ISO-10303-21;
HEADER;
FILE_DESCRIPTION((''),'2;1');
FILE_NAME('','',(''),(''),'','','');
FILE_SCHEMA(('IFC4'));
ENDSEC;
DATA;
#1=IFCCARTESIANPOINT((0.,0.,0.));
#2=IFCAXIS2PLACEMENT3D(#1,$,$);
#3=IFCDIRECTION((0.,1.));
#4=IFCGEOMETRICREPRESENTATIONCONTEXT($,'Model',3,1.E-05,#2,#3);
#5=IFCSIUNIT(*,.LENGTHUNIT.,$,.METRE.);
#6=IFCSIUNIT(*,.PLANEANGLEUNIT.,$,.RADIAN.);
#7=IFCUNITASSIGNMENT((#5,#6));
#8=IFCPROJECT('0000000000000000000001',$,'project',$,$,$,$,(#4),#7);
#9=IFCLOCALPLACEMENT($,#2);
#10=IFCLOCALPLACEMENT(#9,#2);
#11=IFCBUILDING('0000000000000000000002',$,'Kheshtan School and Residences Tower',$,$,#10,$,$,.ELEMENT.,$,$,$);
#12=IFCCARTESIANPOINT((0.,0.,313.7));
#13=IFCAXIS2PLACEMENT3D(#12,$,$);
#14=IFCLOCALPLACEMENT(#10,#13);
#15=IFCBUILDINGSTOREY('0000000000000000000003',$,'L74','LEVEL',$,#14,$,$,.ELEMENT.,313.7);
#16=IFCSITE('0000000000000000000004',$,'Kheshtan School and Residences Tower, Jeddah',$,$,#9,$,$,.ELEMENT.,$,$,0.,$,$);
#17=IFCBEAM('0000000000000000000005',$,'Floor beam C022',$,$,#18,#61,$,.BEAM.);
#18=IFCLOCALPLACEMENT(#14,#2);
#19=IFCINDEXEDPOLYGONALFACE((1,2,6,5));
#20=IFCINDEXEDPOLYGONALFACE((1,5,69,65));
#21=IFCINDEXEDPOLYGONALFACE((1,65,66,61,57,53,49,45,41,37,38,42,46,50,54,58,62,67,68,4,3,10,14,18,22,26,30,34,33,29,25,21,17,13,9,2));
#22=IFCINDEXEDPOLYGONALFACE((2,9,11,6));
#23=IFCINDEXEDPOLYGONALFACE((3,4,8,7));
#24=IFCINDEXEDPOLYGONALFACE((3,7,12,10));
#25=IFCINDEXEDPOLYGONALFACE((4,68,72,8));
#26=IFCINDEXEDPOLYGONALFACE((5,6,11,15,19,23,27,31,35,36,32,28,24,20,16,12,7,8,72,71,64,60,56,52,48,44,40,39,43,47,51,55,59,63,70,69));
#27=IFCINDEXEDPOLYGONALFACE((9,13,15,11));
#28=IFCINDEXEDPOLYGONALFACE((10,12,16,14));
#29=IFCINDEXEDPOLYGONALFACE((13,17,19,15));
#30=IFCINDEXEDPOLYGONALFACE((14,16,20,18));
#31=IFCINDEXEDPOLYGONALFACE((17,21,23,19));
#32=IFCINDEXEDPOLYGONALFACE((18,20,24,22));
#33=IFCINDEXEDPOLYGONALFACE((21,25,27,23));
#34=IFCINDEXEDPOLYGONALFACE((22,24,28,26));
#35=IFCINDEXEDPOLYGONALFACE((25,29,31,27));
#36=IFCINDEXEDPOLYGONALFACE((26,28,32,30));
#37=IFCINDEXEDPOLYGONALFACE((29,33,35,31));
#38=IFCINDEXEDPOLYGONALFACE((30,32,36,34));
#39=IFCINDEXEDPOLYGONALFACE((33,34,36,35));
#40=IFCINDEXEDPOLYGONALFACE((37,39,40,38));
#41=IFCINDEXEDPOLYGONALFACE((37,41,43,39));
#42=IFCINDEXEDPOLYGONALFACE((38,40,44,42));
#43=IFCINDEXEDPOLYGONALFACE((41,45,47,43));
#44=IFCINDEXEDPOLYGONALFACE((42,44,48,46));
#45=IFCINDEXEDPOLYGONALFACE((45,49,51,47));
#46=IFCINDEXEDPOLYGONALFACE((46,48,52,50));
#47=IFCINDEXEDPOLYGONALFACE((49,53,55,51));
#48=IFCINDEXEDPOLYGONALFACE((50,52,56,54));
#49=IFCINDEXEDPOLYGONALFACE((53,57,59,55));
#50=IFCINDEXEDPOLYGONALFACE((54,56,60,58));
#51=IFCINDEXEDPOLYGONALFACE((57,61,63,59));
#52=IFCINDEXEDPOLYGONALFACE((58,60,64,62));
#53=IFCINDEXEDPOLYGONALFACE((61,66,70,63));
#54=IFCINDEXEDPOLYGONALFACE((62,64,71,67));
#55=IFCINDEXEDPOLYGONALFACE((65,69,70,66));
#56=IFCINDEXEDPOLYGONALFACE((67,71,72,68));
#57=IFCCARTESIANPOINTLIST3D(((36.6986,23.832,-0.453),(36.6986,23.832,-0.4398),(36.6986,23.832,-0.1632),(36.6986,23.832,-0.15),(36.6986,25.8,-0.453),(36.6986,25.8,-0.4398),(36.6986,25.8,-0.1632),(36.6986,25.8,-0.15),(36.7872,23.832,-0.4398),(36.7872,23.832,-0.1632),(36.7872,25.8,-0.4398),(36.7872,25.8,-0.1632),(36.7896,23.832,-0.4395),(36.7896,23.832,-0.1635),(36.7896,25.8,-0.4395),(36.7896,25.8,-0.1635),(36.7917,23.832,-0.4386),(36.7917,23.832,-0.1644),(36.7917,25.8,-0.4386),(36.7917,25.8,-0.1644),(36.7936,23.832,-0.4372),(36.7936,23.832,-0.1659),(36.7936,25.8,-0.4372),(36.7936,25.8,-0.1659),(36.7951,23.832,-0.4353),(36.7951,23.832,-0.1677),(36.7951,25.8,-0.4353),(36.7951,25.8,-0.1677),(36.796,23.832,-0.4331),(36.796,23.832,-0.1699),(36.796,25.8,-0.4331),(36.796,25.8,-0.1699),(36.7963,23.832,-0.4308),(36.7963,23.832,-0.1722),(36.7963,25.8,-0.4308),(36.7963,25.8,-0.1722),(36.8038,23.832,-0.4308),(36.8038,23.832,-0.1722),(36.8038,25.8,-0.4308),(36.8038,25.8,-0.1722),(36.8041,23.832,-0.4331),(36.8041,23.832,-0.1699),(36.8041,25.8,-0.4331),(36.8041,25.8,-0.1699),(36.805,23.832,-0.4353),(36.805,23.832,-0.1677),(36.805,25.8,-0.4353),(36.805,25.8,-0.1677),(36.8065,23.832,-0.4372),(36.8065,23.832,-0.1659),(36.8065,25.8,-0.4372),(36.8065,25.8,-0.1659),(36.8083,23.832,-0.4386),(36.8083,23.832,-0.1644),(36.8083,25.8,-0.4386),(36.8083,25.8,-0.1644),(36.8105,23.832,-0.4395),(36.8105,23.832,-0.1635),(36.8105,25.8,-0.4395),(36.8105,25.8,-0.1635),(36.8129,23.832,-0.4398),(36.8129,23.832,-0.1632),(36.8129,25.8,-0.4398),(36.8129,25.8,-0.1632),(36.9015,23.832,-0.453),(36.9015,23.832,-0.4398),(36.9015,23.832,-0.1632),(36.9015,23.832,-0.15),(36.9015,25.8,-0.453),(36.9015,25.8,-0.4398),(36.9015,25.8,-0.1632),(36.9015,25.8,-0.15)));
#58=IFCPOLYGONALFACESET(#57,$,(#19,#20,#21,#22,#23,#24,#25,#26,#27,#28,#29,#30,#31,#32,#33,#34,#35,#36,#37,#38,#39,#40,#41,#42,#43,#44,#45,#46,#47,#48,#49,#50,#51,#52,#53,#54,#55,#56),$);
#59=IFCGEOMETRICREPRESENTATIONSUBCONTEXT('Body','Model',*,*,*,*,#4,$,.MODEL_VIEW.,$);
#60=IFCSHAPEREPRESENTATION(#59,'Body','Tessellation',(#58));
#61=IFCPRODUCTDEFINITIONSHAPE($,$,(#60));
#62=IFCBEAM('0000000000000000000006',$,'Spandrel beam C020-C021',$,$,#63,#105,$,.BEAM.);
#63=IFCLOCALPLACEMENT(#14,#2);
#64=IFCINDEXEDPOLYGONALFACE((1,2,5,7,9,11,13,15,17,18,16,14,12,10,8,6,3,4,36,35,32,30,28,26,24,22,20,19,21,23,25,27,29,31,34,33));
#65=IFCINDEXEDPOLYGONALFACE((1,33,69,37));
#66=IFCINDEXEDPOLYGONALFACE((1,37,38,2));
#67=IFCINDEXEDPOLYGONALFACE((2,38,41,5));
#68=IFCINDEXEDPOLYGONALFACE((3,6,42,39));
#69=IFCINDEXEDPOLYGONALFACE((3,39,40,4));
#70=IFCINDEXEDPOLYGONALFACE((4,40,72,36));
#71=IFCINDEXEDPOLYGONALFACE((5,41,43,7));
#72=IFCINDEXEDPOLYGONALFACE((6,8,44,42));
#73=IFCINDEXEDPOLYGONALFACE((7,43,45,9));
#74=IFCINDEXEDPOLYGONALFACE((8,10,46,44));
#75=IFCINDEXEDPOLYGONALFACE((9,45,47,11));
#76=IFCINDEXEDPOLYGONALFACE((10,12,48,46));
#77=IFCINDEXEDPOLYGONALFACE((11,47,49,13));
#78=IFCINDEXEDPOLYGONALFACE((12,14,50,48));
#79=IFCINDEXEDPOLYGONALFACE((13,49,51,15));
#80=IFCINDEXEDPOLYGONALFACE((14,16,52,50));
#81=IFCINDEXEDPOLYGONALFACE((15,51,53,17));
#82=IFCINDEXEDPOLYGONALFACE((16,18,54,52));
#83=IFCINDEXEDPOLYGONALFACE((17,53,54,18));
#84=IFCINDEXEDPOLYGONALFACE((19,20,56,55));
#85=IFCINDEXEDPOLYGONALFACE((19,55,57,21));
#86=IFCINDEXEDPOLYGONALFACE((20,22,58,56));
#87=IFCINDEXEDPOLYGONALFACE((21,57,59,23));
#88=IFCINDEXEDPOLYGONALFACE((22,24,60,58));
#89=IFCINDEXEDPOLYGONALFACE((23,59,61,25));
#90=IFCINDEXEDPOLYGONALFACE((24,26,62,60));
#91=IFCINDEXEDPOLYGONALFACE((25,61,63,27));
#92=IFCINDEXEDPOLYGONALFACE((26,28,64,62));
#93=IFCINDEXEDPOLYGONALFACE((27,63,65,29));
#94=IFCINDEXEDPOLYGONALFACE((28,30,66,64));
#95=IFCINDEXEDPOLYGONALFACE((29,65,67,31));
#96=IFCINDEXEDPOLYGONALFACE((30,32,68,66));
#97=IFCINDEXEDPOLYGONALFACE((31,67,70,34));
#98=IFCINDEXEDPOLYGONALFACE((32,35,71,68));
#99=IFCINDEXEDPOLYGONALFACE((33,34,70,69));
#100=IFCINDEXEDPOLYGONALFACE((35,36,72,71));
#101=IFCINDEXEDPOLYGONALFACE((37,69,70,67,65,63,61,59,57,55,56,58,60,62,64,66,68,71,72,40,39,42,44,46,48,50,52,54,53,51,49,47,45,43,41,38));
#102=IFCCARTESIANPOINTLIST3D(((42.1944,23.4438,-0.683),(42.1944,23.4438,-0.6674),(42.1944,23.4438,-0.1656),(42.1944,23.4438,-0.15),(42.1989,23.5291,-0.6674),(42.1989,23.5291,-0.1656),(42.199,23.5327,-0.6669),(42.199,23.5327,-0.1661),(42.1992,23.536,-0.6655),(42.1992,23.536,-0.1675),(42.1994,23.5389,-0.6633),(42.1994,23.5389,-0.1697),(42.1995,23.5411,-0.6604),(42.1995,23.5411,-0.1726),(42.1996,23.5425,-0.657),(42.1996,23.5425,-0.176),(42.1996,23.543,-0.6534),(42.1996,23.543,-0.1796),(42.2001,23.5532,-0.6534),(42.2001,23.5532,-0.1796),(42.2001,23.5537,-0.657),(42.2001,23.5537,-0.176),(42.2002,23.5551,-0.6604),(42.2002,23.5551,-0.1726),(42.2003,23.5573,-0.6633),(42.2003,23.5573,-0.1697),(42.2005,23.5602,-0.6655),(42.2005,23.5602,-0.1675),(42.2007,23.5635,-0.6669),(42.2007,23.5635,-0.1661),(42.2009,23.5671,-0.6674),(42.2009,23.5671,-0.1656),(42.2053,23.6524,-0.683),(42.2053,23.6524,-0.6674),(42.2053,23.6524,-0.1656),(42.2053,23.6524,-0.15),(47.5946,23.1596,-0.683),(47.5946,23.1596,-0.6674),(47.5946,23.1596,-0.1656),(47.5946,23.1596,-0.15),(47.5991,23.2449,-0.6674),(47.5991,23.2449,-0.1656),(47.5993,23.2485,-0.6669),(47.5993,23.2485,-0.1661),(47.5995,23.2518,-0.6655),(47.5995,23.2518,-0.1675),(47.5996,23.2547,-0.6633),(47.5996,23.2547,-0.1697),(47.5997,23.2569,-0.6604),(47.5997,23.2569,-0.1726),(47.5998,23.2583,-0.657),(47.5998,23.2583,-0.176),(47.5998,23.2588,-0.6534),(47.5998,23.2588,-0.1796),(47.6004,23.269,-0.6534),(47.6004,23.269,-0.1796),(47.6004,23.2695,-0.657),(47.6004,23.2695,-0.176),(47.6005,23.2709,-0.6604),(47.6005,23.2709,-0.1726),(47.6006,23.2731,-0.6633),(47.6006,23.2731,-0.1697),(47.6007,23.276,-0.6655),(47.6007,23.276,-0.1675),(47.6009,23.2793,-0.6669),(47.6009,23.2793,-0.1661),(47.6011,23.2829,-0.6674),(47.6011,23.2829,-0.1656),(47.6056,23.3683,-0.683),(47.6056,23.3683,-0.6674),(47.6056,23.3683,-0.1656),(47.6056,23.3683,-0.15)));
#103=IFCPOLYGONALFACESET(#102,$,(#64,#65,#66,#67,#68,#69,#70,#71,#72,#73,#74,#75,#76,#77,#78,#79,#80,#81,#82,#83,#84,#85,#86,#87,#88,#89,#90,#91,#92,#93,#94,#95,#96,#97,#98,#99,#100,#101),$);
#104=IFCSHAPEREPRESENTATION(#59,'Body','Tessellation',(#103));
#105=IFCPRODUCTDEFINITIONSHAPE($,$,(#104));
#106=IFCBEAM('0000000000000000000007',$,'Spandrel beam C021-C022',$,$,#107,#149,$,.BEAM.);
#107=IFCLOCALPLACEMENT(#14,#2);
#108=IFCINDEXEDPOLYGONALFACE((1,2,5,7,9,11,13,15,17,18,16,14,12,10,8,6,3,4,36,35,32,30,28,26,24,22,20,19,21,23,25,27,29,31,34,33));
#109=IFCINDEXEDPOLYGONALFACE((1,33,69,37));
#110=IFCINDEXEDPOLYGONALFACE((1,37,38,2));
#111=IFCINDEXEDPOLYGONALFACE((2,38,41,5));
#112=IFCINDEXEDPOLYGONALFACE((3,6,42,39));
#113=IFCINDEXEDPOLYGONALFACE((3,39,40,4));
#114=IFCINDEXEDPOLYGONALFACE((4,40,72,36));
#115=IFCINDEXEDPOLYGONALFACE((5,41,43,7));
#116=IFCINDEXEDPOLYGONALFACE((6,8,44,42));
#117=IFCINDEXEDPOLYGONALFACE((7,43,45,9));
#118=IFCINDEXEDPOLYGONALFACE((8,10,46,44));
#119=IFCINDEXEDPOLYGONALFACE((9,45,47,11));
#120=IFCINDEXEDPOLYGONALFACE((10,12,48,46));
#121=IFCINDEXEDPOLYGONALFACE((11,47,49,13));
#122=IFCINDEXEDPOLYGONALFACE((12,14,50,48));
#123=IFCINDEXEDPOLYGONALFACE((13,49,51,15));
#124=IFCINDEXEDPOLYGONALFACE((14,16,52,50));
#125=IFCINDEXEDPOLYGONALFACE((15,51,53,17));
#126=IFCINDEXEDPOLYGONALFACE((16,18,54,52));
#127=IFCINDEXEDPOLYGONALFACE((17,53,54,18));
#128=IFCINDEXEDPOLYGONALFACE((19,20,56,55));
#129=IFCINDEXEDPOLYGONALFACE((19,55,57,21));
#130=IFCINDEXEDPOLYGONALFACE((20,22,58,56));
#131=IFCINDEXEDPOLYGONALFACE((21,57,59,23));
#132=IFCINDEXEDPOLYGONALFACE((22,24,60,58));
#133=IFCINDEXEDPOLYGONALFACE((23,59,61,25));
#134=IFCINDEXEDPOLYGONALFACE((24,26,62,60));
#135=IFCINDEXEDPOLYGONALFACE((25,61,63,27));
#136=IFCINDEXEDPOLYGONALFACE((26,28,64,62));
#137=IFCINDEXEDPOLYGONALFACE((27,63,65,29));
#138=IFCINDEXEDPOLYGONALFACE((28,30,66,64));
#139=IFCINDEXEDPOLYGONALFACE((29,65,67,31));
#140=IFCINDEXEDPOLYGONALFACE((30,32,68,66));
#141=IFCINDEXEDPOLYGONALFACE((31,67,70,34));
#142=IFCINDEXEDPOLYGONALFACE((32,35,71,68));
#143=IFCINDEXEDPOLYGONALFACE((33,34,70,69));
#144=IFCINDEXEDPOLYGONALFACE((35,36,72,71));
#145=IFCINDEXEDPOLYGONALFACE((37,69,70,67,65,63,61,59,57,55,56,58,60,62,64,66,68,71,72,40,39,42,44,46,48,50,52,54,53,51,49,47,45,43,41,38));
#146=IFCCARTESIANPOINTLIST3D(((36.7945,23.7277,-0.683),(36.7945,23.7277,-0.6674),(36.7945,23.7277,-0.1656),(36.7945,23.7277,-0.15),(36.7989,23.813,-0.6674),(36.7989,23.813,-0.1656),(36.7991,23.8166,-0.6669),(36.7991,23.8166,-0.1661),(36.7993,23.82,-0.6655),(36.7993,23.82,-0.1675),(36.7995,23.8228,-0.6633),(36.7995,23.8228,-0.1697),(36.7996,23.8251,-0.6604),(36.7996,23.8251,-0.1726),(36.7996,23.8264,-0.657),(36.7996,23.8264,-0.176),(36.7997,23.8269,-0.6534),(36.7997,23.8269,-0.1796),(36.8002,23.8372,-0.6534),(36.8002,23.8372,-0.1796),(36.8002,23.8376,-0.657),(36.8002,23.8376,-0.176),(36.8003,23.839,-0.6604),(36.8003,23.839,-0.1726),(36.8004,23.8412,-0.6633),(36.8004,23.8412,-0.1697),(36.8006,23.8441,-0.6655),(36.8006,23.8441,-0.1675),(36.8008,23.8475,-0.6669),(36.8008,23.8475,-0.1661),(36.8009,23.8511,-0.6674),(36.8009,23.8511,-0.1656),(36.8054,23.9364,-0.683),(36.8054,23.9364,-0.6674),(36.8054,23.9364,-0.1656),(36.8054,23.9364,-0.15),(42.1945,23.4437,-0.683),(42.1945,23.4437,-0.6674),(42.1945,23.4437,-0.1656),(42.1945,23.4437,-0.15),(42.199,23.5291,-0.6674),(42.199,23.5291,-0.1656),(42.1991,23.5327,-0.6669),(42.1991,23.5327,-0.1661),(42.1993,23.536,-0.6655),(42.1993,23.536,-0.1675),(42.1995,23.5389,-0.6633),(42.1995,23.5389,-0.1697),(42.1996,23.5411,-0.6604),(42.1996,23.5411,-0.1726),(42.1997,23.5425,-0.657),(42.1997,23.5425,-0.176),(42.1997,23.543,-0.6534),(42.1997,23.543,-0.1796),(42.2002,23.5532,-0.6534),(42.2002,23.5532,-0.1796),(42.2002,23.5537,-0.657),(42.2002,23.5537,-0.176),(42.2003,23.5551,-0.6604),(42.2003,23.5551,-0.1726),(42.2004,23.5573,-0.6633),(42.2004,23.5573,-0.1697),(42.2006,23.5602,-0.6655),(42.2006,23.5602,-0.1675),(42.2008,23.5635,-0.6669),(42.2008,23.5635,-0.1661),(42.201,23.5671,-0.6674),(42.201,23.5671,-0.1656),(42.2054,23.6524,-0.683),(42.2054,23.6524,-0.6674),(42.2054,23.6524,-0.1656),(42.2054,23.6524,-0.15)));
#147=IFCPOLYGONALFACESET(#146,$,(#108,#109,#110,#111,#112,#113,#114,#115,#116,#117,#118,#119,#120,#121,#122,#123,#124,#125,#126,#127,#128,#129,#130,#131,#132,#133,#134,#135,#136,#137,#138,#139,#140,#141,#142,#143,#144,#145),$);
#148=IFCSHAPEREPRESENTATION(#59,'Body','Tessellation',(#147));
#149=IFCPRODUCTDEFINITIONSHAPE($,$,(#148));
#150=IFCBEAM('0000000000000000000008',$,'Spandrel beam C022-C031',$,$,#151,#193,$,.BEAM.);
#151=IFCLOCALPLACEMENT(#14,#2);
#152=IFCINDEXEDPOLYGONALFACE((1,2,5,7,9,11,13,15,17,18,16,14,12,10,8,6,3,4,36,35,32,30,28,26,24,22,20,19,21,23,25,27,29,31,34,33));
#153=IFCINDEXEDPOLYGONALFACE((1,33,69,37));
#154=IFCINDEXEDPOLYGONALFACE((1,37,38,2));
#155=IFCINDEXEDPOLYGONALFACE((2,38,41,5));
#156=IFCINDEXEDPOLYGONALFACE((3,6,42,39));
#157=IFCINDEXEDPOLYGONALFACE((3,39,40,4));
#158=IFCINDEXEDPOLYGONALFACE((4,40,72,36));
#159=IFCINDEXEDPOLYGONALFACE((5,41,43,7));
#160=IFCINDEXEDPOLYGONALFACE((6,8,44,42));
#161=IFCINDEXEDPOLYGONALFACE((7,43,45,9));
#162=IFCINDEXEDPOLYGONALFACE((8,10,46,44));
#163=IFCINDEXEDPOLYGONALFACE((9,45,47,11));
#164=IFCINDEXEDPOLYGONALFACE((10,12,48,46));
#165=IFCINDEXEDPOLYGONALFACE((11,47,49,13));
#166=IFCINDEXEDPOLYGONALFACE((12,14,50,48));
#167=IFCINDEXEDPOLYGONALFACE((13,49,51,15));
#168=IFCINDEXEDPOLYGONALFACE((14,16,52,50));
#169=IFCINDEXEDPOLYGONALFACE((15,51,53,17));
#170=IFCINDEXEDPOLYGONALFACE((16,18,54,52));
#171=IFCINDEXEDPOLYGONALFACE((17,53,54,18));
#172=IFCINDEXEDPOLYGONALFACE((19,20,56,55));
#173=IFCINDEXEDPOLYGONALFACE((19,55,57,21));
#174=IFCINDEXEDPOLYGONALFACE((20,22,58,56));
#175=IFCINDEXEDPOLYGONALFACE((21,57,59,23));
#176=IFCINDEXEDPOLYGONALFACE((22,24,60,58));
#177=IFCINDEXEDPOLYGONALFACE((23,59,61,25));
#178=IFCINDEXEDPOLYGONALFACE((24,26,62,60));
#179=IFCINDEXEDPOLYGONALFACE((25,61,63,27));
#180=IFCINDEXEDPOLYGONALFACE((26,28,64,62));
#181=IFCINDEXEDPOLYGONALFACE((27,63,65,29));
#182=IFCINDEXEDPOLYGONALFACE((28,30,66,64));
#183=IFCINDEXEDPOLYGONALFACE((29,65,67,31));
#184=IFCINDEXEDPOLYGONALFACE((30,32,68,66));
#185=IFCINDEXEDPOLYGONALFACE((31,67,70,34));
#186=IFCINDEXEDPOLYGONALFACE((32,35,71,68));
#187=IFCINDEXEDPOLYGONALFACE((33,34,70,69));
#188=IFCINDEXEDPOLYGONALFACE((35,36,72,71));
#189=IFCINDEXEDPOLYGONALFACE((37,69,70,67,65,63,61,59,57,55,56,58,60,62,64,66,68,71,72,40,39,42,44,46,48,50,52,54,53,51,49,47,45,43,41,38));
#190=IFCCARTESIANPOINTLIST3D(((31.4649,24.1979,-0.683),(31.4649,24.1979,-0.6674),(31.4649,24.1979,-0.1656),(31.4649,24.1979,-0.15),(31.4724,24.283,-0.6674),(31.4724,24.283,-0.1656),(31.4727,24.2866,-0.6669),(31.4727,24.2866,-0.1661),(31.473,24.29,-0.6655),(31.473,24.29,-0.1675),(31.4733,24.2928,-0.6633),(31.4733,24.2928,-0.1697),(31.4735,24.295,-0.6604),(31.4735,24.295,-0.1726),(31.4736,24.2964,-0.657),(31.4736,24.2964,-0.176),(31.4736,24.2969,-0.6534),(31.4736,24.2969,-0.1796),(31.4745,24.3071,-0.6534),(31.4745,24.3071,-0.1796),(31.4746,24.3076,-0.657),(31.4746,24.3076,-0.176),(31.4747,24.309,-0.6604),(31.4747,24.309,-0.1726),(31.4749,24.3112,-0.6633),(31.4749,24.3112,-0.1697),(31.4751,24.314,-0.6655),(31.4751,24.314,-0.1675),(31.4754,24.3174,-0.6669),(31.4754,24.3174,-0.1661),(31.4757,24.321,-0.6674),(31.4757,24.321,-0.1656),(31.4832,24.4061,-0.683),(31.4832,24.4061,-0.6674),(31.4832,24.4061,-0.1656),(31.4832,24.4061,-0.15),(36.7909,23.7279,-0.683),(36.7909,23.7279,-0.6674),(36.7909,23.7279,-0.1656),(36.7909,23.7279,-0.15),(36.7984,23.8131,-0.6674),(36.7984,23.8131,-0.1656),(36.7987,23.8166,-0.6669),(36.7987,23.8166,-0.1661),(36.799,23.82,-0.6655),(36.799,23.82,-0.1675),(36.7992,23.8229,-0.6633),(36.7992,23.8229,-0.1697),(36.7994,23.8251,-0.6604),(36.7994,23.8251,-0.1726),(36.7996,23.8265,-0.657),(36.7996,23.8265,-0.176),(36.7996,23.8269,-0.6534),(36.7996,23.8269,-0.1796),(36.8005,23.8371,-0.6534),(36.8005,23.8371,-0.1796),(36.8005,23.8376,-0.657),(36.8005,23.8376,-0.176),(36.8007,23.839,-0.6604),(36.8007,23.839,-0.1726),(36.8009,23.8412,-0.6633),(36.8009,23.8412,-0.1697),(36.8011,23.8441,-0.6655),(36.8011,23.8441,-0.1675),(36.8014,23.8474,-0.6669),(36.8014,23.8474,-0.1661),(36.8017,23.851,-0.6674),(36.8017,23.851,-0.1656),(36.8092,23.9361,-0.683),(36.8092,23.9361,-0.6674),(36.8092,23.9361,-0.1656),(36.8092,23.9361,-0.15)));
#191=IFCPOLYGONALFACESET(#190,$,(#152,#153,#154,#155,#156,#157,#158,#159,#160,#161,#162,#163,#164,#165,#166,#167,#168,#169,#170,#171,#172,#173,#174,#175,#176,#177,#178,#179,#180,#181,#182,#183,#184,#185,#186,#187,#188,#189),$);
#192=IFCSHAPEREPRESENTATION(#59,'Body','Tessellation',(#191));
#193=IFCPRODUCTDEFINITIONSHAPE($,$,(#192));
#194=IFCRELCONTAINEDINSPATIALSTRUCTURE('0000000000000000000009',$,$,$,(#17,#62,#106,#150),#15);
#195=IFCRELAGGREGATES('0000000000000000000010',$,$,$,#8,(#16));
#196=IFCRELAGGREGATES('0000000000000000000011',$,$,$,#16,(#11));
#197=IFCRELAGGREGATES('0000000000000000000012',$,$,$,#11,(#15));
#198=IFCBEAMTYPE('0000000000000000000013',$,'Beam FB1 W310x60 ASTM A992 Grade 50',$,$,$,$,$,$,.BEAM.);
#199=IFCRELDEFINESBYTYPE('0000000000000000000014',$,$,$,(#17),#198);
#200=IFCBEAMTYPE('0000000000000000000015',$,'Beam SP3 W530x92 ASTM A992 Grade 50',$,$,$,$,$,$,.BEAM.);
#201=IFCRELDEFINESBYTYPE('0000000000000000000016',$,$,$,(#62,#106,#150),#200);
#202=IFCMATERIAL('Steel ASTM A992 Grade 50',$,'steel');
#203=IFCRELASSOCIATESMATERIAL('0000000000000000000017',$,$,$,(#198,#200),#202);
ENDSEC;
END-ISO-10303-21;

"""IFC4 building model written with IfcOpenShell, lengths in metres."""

from ifc_helpers import new_model, si_unit, direction, frame, origin, origin_2d, place, context, subcontext, project, spatial, i_section, extrude, material, material_profile, profile_set, type_object, element, save


model = new_model("IFC4")

# Units and contexts
model_context = context("Model", 3, precision=1e-05, world=origin(), true_north=direction((0.0, 1.0)))
body_context = subcontext(model_context, "Body", "Model", "MODEL_VIEW")
ifc_project = project(units=[si_unit("LENGTHUNIT", "METRE"), si_unit("PLANEANGLEUNIT", "RADIAN")], contexts=[model_context])

# Site, building, storey
site_placement = place(None, origin())
site = spatial("IfcSite", under=ifc_project, at=site_placement, Name="Kheshtan School and Residences Tower, Jeddah", CompositionType="ELEMENT", RefElevation=0.0)
building_placement = place(site_placement, origin())
building = spatial("IfcBuilding", under=site, at=building_placement, Name="Kheshtan School and Residences Tower", CompositionType="ELEMENT")
storey_placement = place(building_placement, frame((0.0, 0.0, 313.7)))
storey = spatial("IfcBuildingStorey", under=building, at=storey_placement, Name="L74", Description="LEVEL", CompositionType="ELEMENT", Elevation=313.7)

# Shared definitions
ifc_material_1 = material(Name="Steel ASTM A992 Grade 50", Category="steel")

# Beams
ifc_material_profile_1 = material_profile(ifc_material_1, i_section(OverallWidth=0.2029, OverallDepth=0.303, WebThickness=0.0076, FlangeThickness=0.0132, FilletRadius=0.009, at=origin_2d()), Name="W310x60")
ifc_profile_set_1 = profile_set([ifc_material_profile_1], Name="Steel ASTM A992 Grade 50")
beam_type_1 = type_object("IfcBeamType", Name="Beam FB1 W310x60 ASTM A992 Grade 50", PredefinedType="BEAM", material=ifc_profile_set_1)
beam_1_placement = place(storey_placement, frame((36.8, 23.832, -0.3015), z_axis=(0.0, 1.0, 0.0), x_axis=(-1.0, 0.0, 0.0)))
element("IfcBeam", 1, at=beam_1_placement, inside=storey, type_object=beam_type_1, Name="Floor beam C022", PredefinedType="BEAM", context=body_context, shape_type="SweptSolid", body=[
    extrude(i_section(OverallWidth=0.2029, OverallDepth=0.303, WebThickness=0.0076, FlangeThickness=0.0132, FilletRadius=0.009, at=origin_2d()), origin(), (0.0, 0.0, 1.0), 1.968),
])
ifc_material_profile_2 = material_profile(ifc_material_1, i_section(OverallWidth=0.209, OverallDepth=0.533, WebThickness=0.0103, FlangeThickness=0.0156, FilletRadius=0.0139, at=origin_2d()), Name="W530x92")
ifc_profile_set_2 = profile_set([ifc_material_profile_2], Name="Steel ASTM A992 Grade 50")
beam_type_2 = type_object("IfcBeamType", Name="Beam SP3 W530x92 ASTM A992 Grade 50", PredefinedType="BEAM", material=ifc_profile_set_2)
beam_2_placement = place(storey_placement, frame((47.6001, 23.2639, -0.4165), z_axis=(-0.998618, 0.052552, 0.0), x_axis=(-0.052552, -0.998618, 0.0)))
element("IfcBeam", 2, at=beam_2_placement, inside=storey, type_object=beam_type_2, Name="Spandrel beam C020-C021", PredefinedType="BEAM", context=body_context, shape_type="SweptSolid", body=[
    extrude(i_section(OverallWidth=0.209, OverallDepth=0.533, WebThickness=0.0103, FlangeThickness=0.0156, FilletRadius=0.0139, at=origin_2d()), origin(), (0.0, 0.0, 1.0), 5.4077),
])
beam_3_placement = place(storey_placement, frame((42.2, 23.5481, -0.4165), z_axis=(-0.99862, 0.052509, 0.0), x_axis=(-0.052509, -0.99862, 0.0)))
element("IfcBeam", 3, at=beam_3_placement, inside=storey, type_object=beam_type_2, Name="Spandrel beam C021-C022", PredefinedType="BEAM", context=body_context, shape_type="SweptSolid", body=[
    extrude(i_section(OverallWidth=0.209, OverallDepth=0.533, WebThickness=0.0103, FlangeThickness=0.0156, FilletRadius=0.0139, at=origin_2d()), origin(), (0.0, 0.0, 1.0), 5.4075),
])
beam_4_placement = place(storey_placement, frame((36.8, 23.832, -0.4165), z_axis=(-0.996129, 0.0879, 0.0), x_axis=(-0.0879, -0.996129, 0.0)))
element("IfcBeam", 4, at=beam_4_placement, inside=storey, type_object=beam_type_2, Name="Spandrel beam C022-C031", PredefinedType="BEAM", context=body_context, shape_type="SweptSolid", body=[
    extrude(i_section(OverallWidth=0.209, OverallDepth=0.533, WebThickness=0.0103, FlangeThickness=0.0156, FilletRadius=0.0139, at=origin_2d()), origin(), (0.0, 0.0, 1.0), 5.3467),
])

save(model, "model.ifc")
